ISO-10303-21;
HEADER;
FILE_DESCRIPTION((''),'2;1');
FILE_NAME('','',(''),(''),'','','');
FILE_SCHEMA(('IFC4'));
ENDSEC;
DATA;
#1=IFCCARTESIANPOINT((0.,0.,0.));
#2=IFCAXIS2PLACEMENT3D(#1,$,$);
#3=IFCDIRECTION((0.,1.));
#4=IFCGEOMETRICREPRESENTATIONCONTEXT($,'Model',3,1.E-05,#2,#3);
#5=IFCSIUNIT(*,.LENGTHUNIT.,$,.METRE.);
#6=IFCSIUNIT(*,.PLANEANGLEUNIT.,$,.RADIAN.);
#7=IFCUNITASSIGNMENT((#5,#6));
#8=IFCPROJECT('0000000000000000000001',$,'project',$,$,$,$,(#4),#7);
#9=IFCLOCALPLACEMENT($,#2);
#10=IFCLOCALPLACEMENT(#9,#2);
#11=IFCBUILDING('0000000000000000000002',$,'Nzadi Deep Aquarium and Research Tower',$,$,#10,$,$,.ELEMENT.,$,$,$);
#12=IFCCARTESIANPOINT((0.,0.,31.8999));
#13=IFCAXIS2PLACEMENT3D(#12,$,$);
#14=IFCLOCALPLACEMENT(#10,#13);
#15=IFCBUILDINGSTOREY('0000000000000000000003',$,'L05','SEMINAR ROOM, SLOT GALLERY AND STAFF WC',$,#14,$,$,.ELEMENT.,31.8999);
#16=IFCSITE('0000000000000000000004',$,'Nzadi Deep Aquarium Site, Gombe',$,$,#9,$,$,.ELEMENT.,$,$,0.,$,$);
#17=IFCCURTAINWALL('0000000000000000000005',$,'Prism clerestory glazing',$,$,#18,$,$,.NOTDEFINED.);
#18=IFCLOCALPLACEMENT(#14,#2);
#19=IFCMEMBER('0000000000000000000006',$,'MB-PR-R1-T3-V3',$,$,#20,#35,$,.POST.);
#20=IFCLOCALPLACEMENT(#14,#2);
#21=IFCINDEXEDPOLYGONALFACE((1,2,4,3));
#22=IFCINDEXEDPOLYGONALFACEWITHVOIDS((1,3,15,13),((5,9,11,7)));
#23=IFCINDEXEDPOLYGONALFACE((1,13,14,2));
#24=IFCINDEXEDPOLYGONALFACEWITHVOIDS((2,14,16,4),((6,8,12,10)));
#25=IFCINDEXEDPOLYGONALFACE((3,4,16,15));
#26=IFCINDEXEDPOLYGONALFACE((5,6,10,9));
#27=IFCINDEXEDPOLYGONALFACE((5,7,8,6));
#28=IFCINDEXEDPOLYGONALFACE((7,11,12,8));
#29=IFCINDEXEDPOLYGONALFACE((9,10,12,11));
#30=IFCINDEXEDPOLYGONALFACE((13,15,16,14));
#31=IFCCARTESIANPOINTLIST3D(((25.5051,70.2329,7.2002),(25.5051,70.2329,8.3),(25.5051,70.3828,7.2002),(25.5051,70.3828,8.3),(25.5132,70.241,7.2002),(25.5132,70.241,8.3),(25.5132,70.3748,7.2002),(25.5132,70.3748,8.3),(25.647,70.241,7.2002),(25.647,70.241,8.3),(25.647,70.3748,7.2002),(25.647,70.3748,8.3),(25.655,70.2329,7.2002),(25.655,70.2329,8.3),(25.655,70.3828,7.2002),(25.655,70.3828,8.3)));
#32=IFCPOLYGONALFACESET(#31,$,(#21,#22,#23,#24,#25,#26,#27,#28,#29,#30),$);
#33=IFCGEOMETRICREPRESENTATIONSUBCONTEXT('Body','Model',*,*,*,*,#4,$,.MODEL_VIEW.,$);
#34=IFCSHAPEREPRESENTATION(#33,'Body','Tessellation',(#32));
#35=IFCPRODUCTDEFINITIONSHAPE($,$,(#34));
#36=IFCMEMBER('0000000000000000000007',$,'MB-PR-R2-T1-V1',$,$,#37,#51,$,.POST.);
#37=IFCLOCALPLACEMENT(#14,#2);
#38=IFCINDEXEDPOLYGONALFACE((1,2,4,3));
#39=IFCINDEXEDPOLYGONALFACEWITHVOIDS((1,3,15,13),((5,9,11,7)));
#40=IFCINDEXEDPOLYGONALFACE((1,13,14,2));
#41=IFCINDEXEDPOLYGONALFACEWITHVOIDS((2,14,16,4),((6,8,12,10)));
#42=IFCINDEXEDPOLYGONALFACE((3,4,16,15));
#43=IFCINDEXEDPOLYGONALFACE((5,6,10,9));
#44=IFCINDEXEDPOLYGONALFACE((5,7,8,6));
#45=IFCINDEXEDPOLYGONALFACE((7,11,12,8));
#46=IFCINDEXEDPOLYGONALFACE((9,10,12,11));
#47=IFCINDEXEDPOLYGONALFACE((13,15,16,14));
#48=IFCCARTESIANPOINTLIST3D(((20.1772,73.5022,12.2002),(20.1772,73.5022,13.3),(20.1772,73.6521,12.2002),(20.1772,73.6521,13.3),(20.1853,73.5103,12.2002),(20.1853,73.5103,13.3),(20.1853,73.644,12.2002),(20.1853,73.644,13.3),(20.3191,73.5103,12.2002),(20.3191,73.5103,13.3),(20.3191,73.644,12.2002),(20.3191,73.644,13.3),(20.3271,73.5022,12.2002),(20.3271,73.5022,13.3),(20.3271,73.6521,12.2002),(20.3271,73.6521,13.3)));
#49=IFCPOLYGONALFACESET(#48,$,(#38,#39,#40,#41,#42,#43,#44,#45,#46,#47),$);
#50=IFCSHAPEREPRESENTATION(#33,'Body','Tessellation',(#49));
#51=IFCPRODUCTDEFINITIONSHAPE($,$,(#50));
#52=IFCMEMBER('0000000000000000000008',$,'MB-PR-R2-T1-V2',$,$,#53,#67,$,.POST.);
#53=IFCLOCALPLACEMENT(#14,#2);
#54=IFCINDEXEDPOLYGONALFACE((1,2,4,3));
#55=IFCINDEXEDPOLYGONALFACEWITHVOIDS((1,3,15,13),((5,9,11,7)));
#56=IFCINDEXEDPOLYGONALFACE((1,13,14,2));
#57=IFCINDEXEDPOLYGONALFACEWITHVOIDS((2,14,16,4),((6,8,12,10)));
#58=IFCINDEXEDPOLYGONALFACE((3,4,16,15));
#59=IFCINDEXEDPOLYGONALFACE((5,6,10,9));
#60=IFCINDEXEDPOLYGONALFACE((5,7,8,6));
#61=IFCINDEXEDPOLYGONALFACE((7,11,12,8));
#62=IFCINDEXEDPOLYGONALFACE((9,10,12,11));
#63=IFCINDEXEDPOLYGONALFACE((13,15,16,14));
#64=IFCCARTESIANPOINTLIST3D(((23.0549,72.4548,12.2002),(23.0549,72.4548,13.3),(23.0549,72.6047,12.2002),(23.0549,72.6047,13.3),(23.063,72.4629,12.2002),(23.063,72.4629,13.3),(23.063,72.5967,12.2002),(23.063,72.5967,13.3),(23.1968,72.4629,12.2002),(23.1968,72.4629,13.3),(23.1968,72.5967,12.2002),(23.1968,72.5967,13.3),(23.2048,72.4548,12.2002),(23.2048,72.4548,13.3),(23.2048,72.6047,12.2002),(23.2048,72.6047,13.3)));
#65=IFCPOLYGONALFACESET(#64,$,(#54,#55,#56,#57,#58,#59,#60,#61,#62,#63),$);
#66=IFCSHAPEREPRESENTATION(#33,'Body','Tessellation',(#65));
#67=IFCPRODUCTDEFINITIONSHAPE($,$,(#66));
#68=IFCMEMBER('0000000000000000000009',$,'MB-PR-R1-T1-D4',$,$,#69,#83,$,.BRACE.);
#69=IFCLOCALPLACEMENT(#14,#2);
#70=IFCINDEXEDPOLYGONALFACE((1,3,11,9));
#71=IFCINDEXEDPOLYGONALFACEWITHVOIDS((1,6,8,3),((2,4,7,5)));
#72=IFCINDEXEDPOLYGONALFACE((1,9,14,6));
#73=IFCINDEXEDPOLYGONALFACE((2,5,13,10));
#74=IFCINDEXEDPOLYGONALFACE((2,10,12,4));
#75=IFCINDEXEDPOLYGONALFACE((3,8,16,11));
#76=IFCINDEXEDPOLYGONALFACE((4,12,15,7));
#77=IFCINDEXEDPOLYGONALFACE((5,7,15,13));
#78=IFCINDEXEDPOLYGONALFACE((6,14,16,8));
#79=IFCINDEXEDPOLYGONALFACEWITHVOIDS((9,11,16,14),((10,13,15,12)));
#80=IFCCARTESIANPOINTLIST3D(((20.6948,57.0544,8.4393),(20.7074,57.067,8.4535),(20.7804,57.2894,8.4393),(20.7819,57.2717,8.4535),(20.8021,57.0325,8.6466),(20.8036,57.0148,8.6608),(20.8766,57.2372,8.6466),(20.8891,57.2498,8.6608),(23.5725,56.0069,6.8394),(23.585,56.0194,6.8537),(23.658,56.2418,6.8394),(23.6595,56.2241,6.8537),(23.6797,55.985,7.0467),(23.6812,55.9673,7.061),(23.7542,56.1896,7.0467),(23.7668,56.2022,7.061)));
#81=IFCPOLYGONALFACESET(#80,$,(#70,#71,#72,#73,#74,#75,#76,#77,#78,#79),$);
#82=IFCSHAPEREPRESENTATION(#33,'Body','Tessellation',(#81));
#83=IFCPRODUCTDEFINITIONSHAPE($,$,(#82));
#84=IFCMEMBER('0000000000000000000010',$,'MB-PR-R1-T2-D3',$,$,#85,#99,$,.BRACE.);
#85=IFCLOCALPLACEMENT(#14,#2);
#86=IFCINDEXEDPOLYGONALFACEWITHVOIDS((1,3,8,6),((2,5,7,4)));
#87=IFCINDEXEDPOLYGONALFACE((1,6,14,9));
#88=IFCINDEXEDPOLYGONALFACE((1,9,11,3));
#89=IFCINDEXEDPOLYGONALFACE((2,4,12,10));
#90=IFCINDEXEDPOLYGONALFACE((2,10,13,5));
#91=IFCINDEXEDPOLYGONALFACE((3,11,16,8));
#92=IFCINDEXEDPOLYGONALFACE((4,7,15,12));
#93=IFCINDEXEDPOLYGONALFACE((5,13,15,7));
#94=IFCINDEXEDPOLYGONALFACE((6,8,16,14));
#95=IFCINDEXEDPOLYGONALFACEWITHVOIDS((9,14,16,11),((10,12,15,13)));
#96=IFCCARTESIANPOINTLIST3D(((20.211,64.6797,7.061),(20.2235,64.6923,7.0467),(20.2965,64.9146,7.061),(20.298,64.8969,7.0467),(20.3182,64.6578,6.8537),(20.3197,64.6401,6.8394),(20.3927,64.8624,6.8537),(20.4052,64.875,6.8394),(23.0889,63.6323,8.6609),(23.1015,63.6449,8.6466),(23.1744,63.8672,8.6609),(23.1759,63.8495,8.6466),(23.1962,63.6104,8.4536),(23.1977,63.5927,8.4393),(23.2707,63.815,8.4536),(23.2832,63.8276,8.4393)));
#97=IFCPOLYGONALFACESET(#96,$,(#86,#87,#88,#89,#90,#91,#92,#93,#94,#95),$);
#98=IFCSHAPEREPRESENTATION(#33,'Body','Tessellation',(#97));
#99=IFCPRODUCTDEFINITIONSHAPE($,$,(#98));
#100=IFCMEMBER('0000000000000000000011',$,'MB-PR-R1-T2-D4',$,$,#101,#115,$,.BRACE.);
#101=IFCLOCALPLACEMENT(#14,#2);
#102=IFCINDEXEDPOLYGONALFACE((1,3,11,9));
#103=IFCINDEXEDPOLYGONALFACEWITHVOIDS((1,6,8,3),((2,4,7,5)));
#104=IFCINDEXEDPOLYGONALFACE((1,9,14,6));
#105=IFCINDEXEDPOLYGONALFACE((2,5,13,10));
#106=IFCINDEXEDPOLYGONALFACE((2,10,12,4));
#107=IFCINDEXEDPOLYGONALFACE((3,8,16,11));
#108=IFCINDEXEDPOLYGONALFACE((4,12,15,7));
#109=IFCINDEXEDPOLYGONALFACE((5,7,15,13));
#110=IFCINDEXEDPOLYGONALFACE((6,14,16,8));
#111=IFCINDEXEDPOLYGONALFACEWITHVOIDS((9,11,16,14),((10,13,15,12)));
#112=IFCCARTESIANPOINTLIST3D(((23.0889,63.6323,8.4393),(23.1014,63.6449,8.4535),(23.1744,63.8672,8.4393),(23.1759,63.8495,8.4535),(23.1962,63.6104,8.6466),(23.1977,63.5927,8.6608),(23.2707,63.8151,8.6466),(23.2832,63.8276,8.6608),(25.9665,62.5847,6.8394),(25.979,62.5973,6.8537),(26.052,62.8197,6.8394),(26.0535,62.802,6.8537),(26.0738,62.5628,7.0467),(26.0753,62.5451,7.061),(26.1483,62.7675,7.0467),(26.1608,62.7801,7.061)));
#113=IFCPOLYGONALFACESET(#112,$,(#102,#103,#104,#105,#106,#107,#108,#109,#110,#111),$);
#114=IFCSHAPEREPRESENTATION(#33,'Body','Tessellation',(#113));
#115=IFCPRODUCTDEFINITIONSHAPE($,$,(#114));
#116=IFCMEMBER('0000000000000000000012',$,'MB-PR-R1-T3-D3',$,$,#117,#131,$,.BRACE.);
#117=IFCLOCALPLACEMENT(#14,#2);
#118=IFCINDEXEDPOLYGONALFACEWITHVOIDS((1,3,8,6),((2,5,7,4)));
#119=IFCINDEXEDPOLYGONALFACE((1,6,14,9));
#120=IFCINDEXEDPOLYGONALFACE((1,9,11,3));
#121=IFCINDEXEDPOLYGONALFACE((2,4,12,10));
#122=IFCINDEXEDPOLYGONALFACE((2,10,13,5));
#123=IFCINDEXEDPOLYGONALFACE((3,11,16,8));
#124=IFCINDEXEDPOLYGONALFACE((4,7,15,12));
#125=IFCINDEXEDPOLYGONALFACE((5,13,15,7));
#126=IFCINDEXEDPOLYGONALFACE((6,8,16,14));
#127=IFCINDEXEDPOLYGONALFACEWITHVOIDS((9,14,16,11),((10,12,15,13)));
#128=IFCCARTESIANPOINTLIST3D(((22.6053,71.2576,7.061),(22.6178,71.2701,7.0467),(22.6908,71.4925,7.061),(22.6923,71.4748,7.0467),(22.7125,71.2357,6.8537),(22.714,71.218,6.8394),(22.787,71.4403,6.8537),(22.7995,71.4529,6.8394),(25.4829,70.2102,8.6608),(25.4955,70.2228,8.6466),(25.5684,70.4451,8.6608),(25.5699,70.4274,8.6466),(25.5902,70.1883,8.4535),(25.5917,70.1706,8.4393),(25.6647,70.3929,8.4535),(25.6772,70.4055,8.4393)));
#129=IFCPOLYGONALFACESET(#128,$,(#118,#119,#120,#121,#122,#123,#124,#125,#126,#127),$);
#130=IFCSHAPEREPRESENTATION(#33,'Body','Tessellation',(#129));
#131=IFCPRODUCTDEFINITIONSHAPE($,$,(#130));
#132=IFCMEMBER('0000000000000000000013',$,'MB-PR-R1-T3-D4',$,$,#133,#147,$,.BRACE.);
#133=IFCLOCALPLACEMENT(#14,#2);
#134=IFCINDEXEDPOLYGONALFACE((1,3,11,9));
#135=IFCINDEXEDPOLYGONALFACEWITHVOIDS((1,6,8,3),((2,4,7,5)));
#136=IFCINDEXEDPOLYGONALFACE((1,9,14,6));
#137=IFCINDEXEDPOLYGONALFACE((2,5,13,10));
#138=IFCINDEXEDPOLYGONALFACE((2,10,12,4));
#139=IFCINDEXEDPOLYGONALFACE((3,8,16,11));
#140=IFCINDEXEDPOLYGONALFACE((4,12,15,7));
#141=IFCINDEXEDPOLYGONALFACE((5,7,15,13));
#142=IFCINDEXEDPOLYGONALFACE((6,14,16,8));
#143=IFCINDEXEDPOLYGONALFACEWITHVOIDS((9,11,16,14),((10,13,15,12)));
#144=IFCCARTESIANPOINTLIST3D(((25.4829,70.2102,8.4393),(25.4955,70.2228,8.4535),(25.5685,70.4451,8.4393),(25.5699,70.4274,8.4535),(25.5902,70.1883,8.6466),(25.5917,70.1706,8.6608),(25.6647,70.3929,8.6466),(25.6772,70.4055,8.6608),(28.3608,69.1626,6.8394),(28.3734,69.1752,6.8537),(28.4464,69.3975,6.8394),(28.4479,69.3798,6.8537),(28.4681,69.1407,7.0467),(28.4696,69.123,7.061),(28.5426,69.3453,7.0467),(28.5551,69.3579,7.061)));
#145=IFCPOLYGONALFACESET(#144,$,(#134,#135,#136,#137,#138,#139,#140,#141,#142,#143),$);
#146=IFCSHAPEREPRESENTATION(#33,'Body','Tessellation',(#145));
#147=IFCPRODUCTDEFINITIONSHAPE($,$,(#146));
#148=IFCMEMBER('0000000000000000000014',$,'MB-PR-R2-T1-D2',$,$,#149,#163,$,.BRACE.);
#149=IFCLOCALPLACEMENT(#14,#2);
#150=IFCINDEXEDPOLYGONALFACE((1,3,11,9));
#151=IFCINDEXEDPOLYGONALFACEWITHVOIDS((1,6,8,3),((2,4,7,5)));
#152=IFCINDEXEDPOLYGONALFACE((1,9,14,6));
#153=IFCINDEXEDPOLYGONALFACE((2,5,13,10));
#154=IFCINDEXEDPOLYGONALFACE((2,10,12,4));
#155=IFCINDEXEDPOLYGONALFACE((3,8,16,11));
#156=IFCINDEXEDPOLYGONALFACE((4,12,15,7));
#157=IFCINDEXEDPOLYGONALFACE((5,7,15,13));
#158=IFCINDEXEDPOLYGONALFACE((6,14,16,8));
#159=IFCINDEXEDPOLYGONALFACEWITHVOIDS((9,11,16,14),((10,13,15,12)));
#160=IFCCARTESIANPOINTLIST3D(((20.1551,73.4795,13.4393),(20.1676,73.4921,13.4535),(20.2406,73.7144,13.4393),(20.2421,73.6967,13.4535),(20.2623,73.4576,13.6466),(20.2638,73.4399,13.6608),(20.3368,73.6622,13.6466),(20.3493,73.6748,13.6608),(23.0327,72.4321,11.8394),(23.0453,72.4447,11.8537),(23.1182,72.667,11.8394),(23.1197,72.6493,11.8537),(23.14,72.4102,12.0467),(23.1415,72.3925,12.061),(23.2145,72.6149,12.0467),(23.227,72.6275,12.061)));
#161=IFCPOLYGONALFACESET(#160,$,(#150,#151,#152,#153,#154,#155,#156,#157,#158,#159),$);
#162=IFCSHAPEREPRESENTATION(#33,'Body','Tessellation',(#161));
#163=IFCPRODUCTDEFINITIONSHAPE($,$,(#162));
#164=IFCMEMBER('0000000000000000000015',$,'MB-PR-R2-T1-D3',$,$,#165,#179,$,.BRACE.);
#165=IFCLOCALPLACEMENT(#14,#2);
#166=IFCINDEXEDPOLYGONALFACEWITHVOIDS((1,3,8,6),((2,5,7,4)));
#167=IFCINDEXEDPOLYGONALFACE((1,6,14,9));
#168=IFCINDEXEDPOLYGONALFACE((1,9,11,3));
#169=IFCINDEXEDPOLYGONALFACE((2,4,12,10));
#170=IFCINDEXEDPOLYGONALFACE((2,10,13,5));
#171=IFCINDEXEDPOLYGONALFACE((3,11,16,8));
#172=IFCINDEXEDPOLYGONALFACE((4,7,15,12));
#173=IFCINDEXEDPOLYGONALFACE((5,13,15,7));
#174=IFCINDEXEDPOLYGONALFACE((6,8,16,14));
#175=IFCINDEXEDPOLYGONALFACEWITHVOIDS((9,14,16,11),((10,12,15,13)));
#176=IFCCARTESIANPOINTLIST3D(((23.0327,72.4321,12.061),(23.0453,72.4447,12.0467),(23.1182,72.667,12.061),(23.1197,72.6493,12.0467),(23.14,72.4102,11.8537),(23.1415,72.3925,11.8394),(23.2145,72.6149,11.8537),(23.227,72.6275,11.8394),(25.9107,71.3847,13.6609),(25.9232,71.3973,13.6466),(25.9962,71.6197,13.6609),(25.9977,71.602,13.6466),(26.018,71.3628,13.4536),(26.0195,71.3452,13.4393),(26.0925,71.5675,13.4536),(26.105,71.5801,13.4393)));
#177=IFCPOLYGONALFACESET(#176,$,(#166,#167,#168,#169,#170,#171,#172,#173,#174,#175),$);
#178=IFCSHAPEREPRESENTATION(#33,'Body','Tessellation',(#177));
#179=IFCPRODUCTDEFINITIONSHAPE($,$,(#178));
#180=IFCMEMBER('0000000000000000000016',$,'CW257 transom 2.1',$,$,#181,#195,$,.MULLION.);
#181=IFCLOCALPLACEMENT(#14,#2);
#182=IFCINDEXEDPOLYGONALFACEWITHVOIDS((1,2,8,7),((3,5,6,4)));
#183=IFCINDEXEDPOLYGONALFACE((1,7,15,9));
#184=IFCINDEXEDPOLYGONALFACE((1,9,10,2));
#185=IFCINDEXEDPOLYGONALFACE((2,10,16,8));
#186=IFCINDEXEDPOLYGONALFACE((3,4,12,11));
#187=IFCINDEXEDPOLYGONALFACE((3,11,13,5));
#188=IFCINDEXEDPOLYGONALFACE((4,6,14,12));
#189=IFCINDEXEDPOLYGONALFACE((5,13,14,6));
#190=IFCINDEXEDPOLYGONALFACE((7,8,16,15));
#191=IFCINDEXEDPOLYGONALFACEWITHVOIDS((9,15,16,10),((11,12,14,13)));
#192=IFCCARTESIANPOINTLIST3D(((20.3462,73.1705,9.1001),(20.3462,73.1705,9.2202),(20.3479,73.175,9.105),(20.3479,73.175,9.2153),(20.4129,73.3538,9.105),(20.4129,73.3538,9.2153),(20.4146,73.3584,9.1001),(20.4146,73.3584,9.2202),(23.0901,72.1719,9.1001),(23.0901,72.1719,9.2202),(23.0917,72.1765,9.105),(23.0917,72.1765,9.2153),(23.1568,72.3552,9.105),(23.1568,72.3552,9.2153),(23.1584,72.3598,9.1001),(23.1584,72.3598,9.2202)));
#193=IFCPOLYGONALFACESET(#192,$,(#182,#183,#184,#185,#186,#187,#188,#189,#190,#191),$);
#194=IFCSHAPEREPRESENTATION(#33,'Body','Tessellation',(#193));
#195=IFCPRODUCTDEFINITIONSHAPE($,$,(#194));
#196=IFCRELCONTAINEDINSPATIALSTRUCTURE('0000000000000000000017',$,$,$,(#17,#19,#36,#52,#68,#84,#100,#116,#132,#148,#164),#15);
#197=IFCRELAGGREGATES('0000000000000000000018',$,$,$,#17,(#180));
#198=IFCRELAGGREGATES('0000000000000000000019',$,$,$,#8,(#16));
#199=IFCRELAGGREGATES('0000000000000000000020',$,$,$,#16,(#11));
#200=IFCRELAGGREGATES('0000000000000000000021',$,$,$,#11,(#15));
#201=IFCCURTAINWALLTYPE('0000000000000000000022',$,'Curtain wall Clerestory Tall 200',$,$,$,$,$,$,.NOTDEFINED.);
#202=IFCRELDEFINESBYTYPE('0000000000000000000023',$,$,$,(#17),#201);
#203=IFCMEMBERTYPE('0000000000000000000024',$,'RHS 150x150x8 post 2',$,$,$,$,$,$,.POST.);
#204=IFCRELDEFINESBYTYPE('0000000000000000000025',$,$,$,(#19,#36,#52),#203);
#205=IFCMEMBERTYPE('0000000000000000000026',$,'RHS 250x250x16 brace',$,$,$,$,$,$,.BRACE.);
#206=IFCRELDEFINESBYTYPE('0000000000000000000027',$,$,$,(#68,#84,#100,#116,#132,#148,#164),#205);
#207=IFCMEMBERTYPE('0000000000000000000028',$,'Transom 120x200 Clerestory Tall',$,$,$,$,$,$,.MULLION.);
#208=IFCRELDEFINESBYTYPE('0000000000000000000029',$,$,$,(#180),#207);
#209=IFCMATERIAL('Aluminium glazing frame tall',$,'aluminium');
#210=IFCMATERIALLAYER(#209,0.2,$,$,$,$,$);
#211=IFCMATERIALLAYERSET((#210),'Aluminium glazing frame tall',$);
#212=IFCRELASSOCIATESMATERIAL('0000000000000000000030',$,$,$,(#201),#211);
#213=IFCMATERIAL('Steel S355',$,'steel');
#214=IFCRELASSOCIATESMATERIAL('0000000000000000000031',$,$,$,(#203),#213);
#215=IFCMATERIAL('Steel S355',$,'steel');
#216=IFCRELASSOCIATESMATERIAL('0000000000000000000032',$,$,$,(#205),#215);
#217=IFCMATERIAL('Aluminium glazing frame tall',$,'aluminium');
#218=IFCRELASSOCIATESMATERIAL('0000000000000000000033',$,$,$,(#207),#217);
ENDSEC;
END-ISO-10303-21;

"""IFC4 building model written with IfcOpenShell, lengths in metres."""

from ifc_helpers import new_model, si_unit, direction, frame, origin, origin_2d, place, context, subcontext, project, spatial, hollow_rectangle, extrude, material, layer, layer_set, material_profile, profile_set, type_object, element, aggregate, save


model = new_model("IFC4")

# Units and contexts
model_context = context("Model", 3, precision=1e-05, world=origin(), true_north=direction((0.0, 1.0)))
body_context = subcontext(model_context, "Body", "Model", "MODEL_VIEW")
ifc_project = project(units=[si_unit("LENGTHUNIT", "METRE"), si_unit("PLANEANGLEUNIT", "RADIAN")], contexts=[model_context])

# Site, building, storey
site_placement = place(None, origin())
site = spatial("IfcSite", under=ifc_project, at=site_placement, Name="Nzadi Deep Aquarium Site, Gombe", CompositionType="ELEMENT", RefElevation=0.0)
building_placement = place(site_placement, origin())
building = spatial("IfcBuilding", under=site, at=building_placement, Name="Nzadi Deep Aquarium and Research Tower", CompositionType="ELEMENT")
storey_placement = place(building_placement, frame((0.0, 0.0, 31.8999)))
storey = spatial("IfcBuildingStorey", under=building, at=storey_placement, Name="L05", Description="SEMINAR ROOM, SLOT GALLERY AND STAFF WC", CompositionType="ELEMENT", Elevation=31.8999)

# Curtain wall
ifc_material_1 = material(Name="Aluminium glazing frame tall", Category="aluminium")
ifc_layer_1 = layer(ifc_material_1, 0.2)
ifc_layer_set_1 = layer_set([ifc_layer_1], Name="Aluminium glazing frame tall")
curtain_wall_type = type_object("IfcCurtainWallType", Name="Curtain wall Clerestory Tall 200", PredefinedType="NOTDEFINED", material=ifc_layer_set_1)
curtain_wall_placement = place(storey_placement, origin())
curtain_wall = element("IfcCurtainWall", 1, at=curtain_wall_placement, inside=storey, type_object=curtain_wall_type, Name="Prism clerestory glazing", PredefinedType="NOTDEFINED")

# Members
ifc_material_2 = material(Name="Steel S355", Category="steel")
ifc_material_profile_1 = material_profile(ifc_material_2, hollow_rectangle(XDim=0.1499, YDim=0.1499, WallThickness=0.0081, at=origin_2d()))
ifc_profile_set_1 = profile_set([ifc_material_profile_1], Name="Steel S355")
member_type_1 = type_object("IfcMemberType", Name="RHS 150x150x8 post 2", PredefinedType="POST", material=ifc_profile_set_1)
for number, where, z_axis, x_axis, name in (
    (2, (25.5801, 70.3079, 7.2002), (0.0, 0.0, 1.0), (1.0, 0.0, 0.0), "MB-PR-R1-T3-V3"),
    (3, (20.2522, 73.5771, 12.2002), (0.0, 0.0, 1.0), (1.0, 0.0, 0.0), "MB-PR-R2-T1-V1"),
    (4, (23.1299, 72.5298, 12.2002), (0.0, 0.0, 1.0), (1.0, 0.0, 0.0), "MB-PR-R2-T1-V2"),
):
    element("IfcMember", number, at=place(storey_placement, frame(where, z_axis=z_axis, x_axis=x_axis)), inside=storey, type_object=member_type_1, Name=name, PredefinedType="POST", context=body_context, shape_type="SweptSolid", body=[
        extrude(hollow_rectangle(XDim=0.1499, YDim=0.1499, WallThickness=0.0081, at=origin_2d()), origin(), (0.0, 0.0, 1.0), 1.0999),
    ])
ifc_material_3 = material(Name="Steel S355", Category="steel")
ifc_material_profile_2 = material_profile(ifc_material_3, hollow_rectangle(XDim=0.25, YDim=0.25, WallThickness=0.0161, at=origin_2d()))
ifc_profile_set_2 = profile_set([ifc_material_profile_2], Name="Steel S355")
member_type_2 = type_object("IfcMemberType", Name="RHS 250x250x16 brace", PredefinedType="BRACE", material=ifc_profile_set_2)
member_1_placement = place(storey_placement, frame((20.792, 57.1521, 8.55), z_axis=(0.832868, -0.303201, -0.463034), x_axis=(0.342082, 0.93967, 0.0)))
element("IfcMember", 5, at=member_1_placement, inside=storey, type_object=member_type_2, Name="MB-PR-R1-T1-D4", PredefinedType="BRACE", context=body_context, shape_type="SweptSolid", body=[
    extrude(hollow_rectangle(XDim=0.25, YDim=0.25, WallThickness=0.0161, at=origin_2d()), origin(), (0.0, 0.0, 1.0), 3.4551),
])
member_2_placement = place(storey_placement, frame((20.3081, 64.7773, 6.9502), z_axis=(0.832907, -0.303119, 0.463017), x_axis=(0.341986, 0.939705, 0.0)))
element("IfcMember", 6, at=member_2_placement, inside=storey, type_object=member_type_2, Name="MB-PR-R1-T2-D3", PredefinedType="BRACE", context=body_context, shape_type="SweptSolid", body=[
    extrude(hollow_rectangle(XDim=0.25, YDim=0.25, WallThickness=0.0161, at=origin_2d()), origin(), (0.0, 0.0, 1.0), 3.4553),
])
for number, where, z_axis, x_axis, name in (
    (7, (23.186, 63.73, 8.55), (0.832868, -0.303201, -0.463034), (0.342082, 0.93967, 0.0), "MB-PR-R1-T2-D4"),
    (8, (22.7024, 71.3552, 6.9502), (0.832885, -0.303137, 0.463044), (0.342012, 0.939696, 0.0), "MB-PR-R1-T3-D3"),
):
    element("IfcMember", number, at=place(storey_placement, frame(where, z_axis=z_axis, x_axis=x_axis)), inside=storey, type_object=member_type_2, Name=name, PredefinedType="BRACE", context=body_context, shape_type="SweptSolid", body=[
        extrude(hollow_rectangle(XDim=0.25, YDim=0.25, WallThickness=0.0161, at=origin_2d()), origin(), (0.0, 0.0, 1.0), 3.4551),
    ])
member_3_placement = place(storey_placement, frame((25.5801, 70.3079, 8.55), z_axis=(0.832889, -0.303184, -0.463007), x_axis=(0.342057, 0.939679, 0.0)))
element("IfcMember", 9, at=member_3_placement, inside=storey, type_object=member_type_2, Name="MB-PR-R1-T3-D4", PredefinedType="BRACE", context=body_context, shape_type="SweptSolid", body=[
    extrude(hollow_rectangle(XDim=0.25, YDim=0.25, WallThickness=0.0161, at=origin_2d()), origin(), (0.0, 0.0, 1.0), 3.4553),
])
member_4_placement = place(storey_placement, frame((20.2522, 73.5771, 13.55), z_axis=(0.832885, -0.303137, -0.463044), x_axis=(0.342012, 0.939696, 0.0)))
element("IfcMember", 10, at=member_4_placement, inside=storey, type_object=member_type_2, Name="MB-PR-R2-T1-D2", PredefinedType="BRACE", context=body_context, shape_type="SweptSolid", body=[
    extrude(hollow_rectangle(XDim=0.25, YDim=0.25, WallThickness=0.0161, at=origin_2d()), origin(), (0.0, 0.0, 1.0), 3.4551),
])
member_5_placement = place(storey_placement, frame((23.1299, 72.5298, 11.9502), z_axis=(0.832907, -0.303119, 0.463017), x_axis=(0.341986, 0.939705, 0.0)))
element("IfcMember", 11, at=member_5_placement, inside=storey, type_object=member_type_2, Name="MB-PR-R2-T1-D3", PredefinedType="BRACE", context=body_context, shape_type="SweptSolid", body=[
    extrude(hollow_rectangle(XDim=0.25, YDim=0.25, WallThickness=0.0161, at=origin_2d()), origin(), (0.0, 0.0, 1.0), 3.4553),
])

# Member
ifc_material_4 = material(Name="Aluminium glazing frame tall", Category="aluminium")
ifc_material_profile_3 = material_profile(ifc_material_4, hollow_rectangle(XDim=0.2, YDim=0.1201, WallThickness=0.0049, at=origin_2d()))
ifc_profile_set_3 = profile_set([ifc_material_profile_3], Name="Aluminium glazing frame tall")
member_type_3 = type_object("IfcMemberType", Name="Transom 120x200 Clerestory Tall", PredefinedType="MULLION", material=ifc_profile_set_3)
member_6_placement = place(storey_placement, frame((20.3804, 73.2644, 9.1602), z_axis=(0.93971, -0.341971, 0.0), x_axis=(0.341971, 0.93971, 0.0)))
member_6 = element("IfcMember", 12, at=member_6_placement, type_object=member_type_3, Name="CW257 transom 2.1", PredefinedType="MULLION", context=body_context, shape_type="SweptSolid", body=[
    extrude(hollow_rectangle(XDim=0.2, YDim=0.1201, WallThickness=0.0049, at=origin_2d()), origin(), (0.0, 0.0, 1.0), 2.9199),
])

aggregate(curtain_wall, [member_6])

save(model, "model.ifc")
